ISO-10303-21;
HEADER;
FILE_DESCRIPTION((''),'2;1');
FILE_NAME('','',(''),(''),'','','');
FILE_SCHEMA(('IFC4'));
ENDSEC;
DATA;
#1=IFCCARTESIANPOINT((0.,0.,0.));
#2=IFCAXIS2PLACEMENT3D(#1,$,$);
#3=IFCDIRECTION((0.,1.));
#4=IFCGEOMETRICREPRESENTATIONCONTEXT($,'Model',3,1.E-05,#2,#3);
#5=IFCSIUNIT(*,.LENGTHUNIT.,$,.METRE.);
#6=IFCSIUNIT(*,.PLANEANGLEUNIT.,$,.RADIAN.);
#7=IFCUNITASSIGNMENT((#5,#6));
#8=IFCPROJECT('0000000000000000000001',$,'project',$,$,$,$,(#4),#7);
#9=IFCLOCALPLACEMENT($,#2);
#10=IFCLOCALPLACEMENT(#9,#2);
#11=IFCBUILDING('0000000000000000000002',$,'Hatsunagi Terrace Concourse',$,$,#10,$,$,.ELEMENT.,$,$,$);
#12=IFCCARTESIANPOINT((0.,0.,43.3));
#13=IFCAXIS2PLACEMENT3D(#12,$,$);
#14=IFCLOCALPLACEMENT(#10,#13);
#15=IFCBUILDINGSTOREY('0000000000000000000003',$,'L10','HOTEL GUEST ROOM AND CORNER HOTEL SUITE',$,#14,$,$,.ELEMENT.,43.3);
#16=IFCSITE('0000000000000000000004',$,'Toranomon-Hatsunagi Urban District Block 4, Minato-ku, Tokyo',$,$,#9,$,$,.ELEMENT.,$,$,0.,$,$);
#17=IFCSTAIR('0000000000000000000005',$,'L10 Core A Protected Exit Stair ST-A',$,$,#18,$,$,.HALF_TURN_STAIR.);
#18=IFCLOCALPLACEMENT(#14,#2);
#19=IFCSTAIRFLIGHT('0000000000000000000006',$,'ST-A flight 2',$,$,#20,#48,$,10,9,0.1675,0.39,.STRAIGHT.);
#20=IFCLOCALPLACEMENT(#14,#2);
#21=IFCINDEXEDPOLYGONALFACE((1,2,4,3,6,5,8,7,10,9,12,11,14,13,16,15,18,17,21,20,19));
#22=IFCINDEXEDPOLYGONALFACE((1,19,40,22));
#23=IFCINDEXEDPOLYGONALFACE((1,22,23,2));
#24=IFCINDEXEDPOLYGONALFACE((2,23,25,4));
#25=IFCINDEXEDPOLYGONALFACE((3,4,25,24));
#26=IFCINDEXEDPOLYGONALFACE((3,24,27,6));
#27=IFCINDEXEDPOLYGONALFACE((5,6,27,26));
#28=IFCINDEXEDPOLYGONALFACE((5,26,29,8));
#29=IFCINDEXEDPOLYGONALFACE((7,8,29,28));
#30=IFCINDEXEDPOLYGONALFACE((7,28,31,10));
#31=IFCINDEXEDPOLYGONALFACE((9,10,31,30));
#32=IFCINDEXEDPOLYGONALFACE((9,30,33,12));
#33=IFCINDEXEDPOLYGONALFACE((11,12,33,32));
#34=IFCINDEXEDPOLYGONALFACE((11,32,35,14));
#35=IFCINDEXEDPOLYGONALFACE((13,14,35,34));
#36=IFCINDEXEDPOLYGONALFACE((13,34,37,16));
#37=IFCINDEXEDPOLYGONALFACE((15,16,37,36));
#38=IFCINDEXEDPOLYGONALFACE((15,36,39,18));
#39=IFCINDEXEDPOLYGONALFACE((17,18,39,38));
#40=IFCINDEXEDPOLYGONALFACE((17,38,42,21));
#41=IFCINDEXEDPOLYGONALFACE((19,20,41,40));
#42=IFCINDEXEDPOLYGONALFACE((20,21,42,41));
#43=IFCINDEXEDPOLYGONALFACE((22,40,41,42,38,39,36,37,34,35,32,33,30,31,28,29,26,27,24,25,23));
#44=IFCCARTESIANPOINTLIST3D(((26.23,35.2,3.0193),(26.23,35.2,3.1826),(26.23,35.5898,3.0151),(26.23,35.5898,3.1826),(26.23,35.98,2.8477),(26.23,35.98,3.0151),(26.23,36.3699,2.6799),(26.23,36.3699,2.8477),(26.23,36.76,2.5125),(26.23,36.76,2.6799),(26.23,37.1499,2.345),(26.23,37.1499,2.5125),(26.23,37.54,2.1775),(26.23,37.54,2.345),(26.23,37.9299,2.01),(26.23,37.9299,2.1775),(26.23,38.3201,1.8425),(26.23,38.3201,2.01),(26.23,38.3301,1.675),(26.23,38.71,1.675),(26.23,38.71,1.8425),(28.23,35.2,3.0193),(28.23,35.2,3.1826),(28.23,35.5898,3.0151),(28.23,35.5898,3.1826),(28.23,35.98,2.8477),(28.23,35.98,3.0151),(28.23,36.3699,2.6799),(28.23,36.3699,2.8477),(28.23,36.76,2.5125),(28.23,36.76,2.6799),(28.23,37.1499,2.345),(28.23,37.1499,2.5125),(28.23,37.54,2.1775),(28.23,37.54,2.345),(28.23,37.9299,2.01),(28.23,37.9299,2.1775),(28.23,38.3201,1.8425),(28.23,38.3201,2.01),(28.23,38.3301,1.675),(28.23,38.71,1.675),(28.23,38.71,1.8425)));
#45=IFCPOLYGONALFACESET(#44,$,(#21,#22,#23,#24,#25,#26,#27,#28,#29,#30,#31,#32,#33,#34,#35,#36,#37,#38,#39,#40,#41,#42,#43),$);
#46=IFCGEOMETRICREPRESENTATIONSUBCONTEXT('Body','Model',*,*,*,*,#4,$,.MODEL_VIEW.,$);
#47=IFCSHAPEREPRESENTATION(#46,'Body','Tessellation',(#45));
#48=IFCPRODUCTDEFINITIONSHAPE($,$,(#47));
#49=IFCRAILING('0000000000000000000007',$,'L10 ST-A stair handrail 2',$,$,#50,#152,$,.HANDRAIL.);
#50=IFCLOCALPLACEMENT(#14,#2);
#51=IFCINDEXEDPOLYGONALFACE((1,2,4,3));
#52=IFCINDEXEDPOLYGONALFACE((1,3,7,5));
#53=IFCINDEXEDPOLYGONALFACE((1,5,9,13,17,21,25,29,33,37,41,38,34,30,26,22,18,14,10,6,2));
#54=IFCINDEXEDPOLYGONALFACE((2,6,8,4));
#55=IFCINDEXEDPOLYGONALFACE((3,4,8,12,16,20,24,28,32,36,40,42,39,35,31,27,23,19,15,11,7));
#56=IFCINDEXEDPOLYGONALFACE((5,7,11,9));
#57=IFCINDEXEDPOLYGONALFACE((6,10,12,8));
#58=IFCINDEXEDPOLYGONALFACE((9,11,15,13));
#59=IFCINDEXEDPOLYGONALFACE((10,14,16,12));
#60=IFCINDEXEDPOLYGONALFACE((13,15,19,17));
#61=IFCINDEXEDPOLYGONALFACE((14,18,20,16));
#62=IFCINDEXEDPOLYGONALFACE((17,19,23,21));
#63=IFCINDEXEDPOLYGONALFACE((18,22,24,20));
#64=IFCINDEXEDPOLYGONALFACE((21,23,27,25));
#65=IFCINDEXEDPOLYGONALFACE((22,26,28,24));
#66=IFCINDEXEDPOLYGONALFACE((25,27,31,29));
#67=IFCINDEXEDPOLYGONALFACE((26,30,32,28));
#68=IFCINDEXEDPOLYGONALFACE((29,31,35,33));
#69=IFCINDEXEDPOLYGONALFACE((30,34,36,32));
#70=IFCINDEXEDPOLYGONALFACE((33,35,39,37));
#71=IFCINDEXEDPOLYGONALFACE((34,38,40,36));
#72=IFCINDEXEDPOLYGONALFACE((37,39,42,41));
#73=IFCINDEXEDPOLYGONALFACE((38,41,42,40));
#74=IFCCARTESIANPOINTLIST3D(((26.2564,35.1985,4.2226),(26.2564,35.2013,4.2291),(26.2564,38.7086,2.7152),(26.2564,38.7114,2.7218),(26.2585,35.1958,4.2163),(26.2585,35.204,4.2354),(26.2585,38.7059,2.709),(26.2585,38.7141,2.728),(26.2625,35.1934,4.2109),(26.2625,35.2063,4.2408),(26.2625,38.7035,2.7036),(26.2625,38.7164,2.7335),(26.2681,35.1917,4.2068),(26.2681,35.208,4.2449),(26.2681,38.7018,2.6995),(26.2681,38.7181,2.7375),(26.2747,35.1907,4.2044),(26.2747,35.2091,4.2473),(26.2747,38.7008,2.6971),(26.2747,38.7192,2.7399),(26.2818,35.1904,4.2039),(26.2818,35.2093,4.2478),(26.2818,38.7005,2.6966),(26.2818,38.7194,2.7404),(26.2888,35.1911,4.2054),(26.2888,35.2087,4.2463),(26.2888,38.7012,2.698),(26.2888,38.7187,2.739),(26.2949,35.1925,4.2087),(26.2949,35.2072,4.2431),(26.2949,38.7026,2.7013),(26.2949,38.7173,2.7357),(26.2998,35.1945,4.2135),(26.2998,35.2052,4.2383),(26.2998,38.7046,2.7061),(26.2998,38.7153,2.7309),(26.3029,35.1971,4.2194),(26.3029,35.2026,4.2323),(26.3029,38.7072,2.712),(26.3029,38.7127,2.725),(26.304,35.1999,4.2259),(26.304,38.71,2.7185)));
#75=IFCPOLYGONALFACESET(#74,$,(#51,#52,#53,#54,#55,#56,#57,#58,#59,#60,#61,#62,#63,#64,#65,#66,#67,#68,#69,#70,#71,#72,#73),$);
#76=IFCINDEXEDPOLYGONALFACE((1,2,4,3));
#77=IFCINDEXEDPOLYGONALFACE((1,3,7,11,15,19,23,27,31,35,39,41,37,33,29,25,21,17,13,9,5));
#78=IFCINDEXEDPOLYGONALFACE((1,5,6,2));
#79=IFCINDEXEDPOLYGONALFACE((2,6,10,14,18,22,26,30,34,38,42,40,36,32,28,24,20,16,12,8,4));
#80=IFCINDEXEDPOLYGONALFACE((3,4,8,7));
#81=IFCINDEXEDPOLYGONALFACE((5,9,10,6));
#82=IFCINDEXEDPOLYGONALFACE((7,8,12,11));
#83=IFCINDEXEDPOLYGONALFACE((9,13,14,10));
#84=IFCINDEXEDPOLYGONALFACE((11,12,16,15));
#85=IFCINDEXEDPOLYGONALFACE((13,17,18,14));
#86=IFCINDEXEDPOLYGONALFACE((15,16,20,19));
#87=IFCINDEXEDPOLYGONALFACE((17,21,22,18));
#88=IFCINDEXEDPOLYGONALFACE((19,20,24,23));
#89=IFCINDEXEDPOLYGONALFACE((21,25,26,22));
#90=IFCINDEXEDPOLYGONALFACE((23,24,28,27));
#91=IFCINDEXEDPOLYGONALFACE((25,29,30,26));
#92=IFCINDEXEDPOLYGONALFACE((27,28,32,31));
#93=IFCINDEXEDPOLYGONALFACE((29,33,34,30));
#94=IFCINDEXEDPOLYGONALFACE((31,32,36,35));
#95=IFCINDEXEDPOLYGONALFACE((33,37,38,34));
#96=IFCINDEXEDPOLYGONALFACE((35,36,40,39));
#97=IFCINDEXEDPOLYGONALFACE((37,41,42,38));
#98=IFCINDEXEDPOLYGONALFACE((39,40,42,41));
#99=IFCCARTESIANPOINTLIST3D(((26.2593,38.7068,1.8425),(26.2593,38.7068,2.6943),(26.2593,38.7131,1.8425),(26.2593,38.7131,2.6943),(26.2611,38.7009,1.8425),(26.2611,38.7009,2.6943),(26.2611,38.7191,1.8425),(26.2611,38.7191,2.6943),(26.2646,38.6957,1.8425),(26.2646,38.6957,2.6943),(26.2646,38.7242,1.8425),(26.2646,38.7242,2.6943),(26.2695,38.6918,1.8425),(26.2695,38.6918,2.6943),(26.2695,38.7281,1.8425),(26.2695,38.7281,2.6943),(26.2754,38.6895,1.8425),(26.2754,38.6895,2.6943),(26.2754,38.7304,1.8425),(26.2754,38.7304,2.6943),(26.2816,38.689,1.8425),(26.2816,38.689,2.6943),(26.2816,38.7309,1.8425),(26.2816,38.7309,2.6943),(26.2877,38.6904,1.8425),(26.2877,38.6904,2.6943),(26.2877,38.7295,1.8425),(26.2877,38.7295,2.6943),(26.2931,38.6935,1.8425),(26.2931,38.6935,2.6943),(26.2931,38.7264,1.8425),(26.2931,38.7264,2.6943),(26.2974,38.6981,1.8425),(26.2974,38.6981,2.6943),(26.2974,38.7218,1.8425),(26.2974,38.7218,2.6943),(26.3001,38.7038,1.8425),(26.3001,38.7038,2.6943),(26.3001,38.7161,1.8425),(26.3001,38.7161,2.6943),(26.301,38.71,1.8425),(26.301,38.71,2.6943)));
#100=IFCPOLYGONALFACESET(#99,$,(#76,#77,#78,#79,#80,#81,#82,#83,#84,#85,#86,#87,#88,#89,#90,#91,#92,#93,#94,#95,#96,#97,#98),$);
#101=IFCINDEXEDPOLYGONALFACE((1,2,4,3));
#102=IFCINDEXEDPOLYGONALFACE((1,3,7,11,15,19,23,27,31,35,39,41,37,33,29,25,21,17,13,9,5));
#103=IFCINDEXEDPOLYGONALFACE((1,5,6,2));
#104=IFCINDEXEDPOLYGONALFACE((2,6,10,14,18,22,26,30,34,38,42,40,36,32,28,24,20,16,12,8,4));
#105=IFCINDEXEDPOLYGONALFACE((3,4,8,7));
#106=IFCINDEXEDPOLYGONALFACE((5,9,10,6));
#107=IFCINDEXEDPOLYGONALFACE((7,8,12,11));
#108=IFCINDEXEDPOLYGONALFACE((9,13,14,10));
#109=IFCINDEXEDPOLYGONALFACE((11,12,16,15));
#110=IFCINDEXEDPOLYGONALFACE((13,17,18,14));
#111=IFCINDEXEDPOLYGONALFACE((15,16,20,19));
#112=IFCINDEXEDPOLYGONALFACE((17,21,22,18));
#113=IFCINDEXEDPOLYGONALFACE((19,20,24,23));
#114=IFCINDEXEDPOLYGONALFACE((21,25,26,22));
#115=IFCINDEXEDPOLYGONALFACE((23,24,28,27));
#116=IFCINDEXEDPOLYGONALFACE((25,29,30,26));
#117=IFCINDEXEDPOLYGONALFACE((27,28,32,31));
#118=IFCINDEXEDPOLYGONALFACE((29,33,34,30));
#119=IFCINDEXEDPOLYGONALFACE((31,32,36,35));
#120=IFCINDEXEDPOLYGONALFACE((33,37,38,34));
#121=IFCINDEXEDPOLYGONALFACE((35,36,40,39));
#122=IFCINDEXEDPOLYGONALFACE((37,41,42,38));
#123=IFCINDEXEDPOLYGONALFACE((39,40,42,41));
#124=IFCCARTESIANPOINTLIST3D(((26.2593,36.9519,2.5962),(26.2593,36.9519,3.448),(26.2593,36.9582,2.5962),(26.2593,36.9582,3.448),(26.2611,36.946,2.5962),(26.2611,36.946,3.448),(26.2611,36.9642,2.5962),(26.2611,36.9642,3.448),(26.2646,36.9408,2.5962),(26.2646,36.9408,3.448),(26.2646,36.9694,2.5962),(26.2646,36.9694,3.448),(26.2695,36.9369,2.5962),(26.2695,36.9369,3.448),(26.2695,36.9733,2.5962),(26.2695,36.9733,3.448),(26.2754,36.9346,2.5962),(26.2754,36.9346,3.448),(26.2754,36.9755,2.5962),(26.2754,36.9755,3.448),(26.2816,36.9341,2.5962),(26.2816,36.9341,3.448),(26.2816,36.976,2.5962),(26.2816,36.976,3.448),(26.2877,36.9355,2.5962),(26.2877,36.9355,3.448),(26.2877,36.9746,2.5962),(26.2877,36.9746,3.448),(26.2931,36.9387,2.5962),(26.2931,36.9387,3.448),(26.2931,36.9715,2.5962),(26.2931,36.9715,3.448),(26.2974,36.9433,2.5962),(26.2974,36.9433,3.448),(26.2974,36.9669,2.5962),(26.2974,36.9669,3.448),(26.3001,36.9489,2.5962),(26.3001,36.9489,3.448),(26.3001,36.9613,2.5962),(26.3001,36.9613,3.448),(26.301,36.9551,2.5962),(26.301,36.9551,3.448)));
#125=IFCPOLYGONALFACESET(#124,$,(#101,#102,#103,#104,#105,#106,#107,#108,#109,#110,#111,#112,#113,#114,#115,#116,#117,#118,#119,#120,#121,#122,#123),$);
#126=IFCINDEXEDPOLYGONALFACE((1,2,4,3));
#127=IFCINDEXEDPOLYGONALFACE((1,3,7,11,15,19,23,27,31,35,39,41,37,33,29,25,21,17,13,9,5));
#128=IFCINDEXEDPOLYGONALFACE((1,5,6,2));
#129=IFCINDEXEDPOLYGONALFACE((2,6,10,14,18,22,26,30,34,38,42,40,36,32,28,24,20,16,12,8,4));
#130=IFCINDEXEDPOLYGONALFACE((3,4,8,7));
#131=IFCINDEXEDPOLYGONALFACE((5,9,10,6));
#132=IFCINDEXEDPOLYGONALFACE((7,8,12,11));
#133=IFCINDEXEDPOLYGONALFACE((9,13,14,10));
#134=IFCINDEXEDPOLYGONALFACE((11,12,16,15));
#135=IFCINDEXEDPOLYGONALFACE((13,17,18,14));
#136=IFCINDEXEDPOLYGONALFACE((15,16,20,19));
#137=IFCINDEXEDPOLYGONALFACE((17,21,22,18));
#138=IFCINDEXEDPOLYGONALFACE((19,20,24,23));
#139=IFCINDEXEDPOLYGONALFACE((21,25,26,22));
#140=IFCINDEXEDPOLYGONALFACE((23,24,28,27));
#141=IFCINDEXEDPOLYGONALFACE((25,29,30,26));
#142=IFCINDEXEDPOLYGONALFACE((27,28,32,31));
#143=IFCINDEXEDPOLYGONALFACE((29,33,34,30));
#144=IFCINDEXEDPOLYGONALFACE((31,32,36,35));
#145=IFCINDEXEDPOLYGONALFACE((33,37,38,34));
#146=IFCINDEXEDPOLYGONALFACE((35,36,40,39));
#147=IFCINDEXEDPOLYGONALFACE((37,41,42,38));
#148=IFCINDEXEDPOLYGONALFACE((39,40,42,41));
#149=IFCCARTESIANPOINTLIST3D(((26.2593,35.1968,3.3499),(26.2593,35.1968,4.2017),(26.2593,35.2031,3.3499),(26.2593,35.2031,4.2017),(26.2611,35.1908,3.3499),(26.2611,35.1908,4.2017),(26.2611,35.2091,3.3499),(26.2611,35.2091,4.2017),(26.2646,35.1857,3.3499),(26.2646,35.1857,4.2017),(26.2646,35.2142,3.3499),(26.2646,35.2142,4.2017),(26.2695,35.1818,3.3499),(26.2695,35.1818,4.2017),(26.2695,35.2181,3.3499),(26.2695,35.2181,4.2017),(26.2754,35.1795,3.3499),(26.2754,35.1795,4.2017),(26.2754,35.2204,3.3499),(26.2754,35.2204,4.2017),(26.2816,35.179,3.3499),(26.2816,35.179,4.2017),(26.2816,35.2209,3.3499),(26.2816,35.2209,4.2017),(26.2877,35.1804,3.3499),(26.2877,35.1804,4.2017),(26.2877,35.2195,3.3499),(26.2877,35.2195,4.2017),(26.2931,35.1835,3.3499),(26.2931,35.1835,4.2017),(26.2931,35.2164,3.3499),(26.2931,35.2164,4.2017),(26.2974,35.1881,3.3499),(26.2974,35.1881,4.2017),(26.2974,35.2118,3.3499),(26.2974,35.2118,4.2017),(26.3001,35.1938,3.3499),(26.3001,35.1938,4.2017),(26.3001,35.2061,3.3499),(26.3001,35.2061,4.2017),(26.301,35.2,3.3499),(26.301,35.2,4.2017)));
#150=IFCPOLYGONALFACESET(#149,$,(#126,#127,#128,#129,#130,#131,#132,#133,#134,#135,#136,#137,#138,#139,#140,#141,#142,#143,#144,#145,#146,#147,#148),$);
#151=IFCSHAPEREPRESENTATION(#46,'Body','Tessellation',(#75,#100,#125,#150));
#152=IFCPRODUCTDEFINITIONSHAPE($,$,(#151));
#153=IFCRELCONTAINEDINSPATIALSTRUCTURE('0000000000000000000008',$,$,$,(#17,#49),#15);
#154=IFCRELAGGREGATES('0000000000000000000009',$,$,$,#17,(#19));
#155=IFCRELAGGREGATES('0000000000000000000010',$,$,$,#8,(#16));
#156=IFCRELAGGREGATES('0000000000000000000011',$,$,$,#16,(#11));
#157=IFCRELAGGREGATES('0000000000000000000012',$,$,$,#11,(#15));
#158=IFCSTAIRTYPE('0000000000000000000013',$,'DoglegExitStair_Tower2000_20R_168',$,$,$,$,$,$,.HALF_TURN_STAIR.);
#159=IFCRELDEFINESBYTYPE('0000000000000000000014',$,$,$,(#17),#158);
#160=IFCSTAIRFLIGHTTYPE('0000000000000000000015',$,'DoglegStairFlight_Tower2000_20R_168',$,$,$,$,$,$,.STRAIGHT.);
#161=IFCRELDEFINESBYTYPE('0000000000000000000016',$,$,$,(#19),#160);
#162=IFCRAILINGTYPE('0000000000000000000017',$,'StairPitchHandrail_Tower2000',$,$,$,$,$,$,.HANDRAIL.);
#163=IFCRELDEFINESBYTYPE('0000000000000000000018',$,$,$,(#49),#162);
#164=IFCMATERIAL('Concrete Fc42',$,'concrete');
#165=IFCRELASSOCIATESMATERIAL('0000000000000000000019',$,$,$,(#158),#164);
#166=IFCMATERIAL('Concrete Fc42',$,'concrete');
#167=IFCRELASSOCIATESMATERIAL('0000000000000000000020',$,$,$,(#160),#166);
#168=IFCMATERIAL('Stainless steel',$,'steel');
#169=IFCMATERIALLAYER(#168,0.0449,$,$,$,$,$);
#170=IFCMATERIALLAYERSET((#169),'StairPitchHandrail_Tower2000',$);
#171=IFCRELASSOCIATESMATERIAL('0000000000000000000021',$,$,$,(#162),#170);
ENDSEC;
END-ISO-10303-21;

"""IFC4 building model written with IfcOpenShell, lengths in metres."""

from ifc_helpers import new_model, si_unit, direction, frame, origin, origin_2d, place, context, subcontext, project, spatial, polyline, circle, outline, extrude, material, layer, layer_set, type_object, element, aggregate, save


model = new_model("IFC4")

# Units and contexts
model_context = context("Model", 3, precision=1e-05, world=origin(), true_north=direction((0.0, 1.0)))
body_context = subcontext(model_context, "Body", "Model", "MODEL_VIEW")
ifc_project = project(units=[si_unit("LENGTHUNIT", "METRE"), si_unit("PLANEANGLEUNIT", "RADIAN")], contexts=[model_context])

# Site, building, storey
site_placement = place(None, origin())
site = spatial("IfcSite", under=ifc_project, at=site_placement, Name="Toranomon-Hatsunagi Urban District Block 4, Minato-ku, Tokyo", CompositionType="ELEMENT", RefElevation=0.0)
building_placement = place(site_placement, origin())
building = spatial("IfcBuilding", under=site, at=building_placement, Name="Hatsunagi Terrace Concourse", CompositionType="ELEMENT")
storey_placement = place(building_placement, frame((0.0, 0.0, 43.3)))
storey = spatial("IfcBuildingStorey", under=building, at=storey_placement, Name="L10", Description="HOTEL GUEST ROOM AND CORNER HOTEL SUITE", CompositionType="ELEMENT", Elevation=43.3)

# Stair, stair flight
ifc_material_1 = material(Name="Concrete Fc42", Category="concrete")
stair_type = type_object("IfcStairType", Name="DoglegExitStair_Tower2000_20R_168", PredefinedType="HALF_TURN_STAIR", material=ifc_material_1)
stair_placement = place(storey_placement, origin())
stair = element("IfcStair", 1, at=stair_placement, inside=storey, type_object=stair_type, Name="L10 Core A Protected Exit Stair ST-A", PredefinedType="HALF_TURN_STAIR")
ifc_material_2 = material(Name="Concrete Fc42", Category="concrete")
stair_flight_type = type_object("IfcStairFlightType", Name="DoglegStairFlight_Tower2000_20R_168", PredefinedType="STRAIGHT", material=ifc_material_2)
stair_flight_placement = place(storey_placement, frame((27.23, 38.71, 1.675), z_axis=(0.0, 0.0, 1.0), x_axis=(0.0, -1.0, 0.0)))
stair_flight = element("IfcStairFlight", 2, at=stair_flight_placement, type_object=stair_flight_type, Name="ST-A flight 2", NumberOfRisers=10, NumberOfTreads=9, PredefinedType="STRAIGHT", RiserHeight=0.1675, TreadLength=0.39, context=body_context, shape_type="SweptSolid", body=[
    extrude(outline(polyline([(0.0, 0.0), (0.0, 0.1675), (0.3899, 0.1675), (0.3899, 0.335), (0.78, 0.335), (0.78, 0.5024), (1.1699, 0.5024), (1.1699, 0.6699), (1.5601, 0.6699), (1.5601, 0.8374), (1.95, 0.8374), (1.95, 1.0049), (2.3401, 1.0049), (2.3401, 1.1726), (2.73, 1.1726), (2.73, 1.3401), (3.1201, 1.3401), (3.1201, 1.5076), (3.51, 1.5076), (3.51, 1.675), (3.51, 1.3442), (0.3799, 0.0), (0.0, 0.0)])), frame((0.0, 1.0, 0.0), z_axis=(0.0, -1.0, 0.0), x_axis=(1.0, 0.0, 0.0)), (0.0, 0.0, 1.0), 2.0),
])
aggregate(stair, [stair_flight])

# Railing
ifc_material_3 = material(Name="Stainless steel", Category="steel")
ifc_layer_1 = layer(ifc_material_3, 0.0449)
ifc_layer_set_1 = layer_set([ifc_layer_1], Name="StairPitchHandrail_Tower2000")
railing_type = type_object("IfcRailingType", Name="StairPitchHandrail_Tower2000", PredefinedType="HANDRAIL", material=ifc_layer_set_1)
railing_placement = place(storey_placement, frame((26.28, 38.71, 1.8425)))
element("IfcRailing", 3, at=railing_placement, inside=storey, type_object=railing_type, Name="L10 ST-A stair handrail 2", PredefinedType="HANDRAIL", context=body_context, shape_type="SweptSolid", body=[
    extrude(circle(Radius=0.0239, at=origin_2d()), frame((0.0, 0.0, 0.876), z_axis=(0.0, -0.918857, 0.39459), x_axis=(1.0, 0.0, 0.0)), (0.0, 0.0, 1.0), 3.8201),
    extrude(circle(Radius=0.021, at=origin_2d()), origin(), (0.0, 0.0, 1.0), 0.8518),
    extrude(circle(Radius=0.021, at=origin_2d()), frame((0.0, -1.7549, 0.7537)), (0.0, 0.0, 1.0), 0.8518),
    extrude(circle(Radius=0.021, at=origin_2d()), frame((0.0, -3.51, 1.5073)), (0.0, 0.0, 1.0), 0.8518),
])

save(model, "model.ifc")
